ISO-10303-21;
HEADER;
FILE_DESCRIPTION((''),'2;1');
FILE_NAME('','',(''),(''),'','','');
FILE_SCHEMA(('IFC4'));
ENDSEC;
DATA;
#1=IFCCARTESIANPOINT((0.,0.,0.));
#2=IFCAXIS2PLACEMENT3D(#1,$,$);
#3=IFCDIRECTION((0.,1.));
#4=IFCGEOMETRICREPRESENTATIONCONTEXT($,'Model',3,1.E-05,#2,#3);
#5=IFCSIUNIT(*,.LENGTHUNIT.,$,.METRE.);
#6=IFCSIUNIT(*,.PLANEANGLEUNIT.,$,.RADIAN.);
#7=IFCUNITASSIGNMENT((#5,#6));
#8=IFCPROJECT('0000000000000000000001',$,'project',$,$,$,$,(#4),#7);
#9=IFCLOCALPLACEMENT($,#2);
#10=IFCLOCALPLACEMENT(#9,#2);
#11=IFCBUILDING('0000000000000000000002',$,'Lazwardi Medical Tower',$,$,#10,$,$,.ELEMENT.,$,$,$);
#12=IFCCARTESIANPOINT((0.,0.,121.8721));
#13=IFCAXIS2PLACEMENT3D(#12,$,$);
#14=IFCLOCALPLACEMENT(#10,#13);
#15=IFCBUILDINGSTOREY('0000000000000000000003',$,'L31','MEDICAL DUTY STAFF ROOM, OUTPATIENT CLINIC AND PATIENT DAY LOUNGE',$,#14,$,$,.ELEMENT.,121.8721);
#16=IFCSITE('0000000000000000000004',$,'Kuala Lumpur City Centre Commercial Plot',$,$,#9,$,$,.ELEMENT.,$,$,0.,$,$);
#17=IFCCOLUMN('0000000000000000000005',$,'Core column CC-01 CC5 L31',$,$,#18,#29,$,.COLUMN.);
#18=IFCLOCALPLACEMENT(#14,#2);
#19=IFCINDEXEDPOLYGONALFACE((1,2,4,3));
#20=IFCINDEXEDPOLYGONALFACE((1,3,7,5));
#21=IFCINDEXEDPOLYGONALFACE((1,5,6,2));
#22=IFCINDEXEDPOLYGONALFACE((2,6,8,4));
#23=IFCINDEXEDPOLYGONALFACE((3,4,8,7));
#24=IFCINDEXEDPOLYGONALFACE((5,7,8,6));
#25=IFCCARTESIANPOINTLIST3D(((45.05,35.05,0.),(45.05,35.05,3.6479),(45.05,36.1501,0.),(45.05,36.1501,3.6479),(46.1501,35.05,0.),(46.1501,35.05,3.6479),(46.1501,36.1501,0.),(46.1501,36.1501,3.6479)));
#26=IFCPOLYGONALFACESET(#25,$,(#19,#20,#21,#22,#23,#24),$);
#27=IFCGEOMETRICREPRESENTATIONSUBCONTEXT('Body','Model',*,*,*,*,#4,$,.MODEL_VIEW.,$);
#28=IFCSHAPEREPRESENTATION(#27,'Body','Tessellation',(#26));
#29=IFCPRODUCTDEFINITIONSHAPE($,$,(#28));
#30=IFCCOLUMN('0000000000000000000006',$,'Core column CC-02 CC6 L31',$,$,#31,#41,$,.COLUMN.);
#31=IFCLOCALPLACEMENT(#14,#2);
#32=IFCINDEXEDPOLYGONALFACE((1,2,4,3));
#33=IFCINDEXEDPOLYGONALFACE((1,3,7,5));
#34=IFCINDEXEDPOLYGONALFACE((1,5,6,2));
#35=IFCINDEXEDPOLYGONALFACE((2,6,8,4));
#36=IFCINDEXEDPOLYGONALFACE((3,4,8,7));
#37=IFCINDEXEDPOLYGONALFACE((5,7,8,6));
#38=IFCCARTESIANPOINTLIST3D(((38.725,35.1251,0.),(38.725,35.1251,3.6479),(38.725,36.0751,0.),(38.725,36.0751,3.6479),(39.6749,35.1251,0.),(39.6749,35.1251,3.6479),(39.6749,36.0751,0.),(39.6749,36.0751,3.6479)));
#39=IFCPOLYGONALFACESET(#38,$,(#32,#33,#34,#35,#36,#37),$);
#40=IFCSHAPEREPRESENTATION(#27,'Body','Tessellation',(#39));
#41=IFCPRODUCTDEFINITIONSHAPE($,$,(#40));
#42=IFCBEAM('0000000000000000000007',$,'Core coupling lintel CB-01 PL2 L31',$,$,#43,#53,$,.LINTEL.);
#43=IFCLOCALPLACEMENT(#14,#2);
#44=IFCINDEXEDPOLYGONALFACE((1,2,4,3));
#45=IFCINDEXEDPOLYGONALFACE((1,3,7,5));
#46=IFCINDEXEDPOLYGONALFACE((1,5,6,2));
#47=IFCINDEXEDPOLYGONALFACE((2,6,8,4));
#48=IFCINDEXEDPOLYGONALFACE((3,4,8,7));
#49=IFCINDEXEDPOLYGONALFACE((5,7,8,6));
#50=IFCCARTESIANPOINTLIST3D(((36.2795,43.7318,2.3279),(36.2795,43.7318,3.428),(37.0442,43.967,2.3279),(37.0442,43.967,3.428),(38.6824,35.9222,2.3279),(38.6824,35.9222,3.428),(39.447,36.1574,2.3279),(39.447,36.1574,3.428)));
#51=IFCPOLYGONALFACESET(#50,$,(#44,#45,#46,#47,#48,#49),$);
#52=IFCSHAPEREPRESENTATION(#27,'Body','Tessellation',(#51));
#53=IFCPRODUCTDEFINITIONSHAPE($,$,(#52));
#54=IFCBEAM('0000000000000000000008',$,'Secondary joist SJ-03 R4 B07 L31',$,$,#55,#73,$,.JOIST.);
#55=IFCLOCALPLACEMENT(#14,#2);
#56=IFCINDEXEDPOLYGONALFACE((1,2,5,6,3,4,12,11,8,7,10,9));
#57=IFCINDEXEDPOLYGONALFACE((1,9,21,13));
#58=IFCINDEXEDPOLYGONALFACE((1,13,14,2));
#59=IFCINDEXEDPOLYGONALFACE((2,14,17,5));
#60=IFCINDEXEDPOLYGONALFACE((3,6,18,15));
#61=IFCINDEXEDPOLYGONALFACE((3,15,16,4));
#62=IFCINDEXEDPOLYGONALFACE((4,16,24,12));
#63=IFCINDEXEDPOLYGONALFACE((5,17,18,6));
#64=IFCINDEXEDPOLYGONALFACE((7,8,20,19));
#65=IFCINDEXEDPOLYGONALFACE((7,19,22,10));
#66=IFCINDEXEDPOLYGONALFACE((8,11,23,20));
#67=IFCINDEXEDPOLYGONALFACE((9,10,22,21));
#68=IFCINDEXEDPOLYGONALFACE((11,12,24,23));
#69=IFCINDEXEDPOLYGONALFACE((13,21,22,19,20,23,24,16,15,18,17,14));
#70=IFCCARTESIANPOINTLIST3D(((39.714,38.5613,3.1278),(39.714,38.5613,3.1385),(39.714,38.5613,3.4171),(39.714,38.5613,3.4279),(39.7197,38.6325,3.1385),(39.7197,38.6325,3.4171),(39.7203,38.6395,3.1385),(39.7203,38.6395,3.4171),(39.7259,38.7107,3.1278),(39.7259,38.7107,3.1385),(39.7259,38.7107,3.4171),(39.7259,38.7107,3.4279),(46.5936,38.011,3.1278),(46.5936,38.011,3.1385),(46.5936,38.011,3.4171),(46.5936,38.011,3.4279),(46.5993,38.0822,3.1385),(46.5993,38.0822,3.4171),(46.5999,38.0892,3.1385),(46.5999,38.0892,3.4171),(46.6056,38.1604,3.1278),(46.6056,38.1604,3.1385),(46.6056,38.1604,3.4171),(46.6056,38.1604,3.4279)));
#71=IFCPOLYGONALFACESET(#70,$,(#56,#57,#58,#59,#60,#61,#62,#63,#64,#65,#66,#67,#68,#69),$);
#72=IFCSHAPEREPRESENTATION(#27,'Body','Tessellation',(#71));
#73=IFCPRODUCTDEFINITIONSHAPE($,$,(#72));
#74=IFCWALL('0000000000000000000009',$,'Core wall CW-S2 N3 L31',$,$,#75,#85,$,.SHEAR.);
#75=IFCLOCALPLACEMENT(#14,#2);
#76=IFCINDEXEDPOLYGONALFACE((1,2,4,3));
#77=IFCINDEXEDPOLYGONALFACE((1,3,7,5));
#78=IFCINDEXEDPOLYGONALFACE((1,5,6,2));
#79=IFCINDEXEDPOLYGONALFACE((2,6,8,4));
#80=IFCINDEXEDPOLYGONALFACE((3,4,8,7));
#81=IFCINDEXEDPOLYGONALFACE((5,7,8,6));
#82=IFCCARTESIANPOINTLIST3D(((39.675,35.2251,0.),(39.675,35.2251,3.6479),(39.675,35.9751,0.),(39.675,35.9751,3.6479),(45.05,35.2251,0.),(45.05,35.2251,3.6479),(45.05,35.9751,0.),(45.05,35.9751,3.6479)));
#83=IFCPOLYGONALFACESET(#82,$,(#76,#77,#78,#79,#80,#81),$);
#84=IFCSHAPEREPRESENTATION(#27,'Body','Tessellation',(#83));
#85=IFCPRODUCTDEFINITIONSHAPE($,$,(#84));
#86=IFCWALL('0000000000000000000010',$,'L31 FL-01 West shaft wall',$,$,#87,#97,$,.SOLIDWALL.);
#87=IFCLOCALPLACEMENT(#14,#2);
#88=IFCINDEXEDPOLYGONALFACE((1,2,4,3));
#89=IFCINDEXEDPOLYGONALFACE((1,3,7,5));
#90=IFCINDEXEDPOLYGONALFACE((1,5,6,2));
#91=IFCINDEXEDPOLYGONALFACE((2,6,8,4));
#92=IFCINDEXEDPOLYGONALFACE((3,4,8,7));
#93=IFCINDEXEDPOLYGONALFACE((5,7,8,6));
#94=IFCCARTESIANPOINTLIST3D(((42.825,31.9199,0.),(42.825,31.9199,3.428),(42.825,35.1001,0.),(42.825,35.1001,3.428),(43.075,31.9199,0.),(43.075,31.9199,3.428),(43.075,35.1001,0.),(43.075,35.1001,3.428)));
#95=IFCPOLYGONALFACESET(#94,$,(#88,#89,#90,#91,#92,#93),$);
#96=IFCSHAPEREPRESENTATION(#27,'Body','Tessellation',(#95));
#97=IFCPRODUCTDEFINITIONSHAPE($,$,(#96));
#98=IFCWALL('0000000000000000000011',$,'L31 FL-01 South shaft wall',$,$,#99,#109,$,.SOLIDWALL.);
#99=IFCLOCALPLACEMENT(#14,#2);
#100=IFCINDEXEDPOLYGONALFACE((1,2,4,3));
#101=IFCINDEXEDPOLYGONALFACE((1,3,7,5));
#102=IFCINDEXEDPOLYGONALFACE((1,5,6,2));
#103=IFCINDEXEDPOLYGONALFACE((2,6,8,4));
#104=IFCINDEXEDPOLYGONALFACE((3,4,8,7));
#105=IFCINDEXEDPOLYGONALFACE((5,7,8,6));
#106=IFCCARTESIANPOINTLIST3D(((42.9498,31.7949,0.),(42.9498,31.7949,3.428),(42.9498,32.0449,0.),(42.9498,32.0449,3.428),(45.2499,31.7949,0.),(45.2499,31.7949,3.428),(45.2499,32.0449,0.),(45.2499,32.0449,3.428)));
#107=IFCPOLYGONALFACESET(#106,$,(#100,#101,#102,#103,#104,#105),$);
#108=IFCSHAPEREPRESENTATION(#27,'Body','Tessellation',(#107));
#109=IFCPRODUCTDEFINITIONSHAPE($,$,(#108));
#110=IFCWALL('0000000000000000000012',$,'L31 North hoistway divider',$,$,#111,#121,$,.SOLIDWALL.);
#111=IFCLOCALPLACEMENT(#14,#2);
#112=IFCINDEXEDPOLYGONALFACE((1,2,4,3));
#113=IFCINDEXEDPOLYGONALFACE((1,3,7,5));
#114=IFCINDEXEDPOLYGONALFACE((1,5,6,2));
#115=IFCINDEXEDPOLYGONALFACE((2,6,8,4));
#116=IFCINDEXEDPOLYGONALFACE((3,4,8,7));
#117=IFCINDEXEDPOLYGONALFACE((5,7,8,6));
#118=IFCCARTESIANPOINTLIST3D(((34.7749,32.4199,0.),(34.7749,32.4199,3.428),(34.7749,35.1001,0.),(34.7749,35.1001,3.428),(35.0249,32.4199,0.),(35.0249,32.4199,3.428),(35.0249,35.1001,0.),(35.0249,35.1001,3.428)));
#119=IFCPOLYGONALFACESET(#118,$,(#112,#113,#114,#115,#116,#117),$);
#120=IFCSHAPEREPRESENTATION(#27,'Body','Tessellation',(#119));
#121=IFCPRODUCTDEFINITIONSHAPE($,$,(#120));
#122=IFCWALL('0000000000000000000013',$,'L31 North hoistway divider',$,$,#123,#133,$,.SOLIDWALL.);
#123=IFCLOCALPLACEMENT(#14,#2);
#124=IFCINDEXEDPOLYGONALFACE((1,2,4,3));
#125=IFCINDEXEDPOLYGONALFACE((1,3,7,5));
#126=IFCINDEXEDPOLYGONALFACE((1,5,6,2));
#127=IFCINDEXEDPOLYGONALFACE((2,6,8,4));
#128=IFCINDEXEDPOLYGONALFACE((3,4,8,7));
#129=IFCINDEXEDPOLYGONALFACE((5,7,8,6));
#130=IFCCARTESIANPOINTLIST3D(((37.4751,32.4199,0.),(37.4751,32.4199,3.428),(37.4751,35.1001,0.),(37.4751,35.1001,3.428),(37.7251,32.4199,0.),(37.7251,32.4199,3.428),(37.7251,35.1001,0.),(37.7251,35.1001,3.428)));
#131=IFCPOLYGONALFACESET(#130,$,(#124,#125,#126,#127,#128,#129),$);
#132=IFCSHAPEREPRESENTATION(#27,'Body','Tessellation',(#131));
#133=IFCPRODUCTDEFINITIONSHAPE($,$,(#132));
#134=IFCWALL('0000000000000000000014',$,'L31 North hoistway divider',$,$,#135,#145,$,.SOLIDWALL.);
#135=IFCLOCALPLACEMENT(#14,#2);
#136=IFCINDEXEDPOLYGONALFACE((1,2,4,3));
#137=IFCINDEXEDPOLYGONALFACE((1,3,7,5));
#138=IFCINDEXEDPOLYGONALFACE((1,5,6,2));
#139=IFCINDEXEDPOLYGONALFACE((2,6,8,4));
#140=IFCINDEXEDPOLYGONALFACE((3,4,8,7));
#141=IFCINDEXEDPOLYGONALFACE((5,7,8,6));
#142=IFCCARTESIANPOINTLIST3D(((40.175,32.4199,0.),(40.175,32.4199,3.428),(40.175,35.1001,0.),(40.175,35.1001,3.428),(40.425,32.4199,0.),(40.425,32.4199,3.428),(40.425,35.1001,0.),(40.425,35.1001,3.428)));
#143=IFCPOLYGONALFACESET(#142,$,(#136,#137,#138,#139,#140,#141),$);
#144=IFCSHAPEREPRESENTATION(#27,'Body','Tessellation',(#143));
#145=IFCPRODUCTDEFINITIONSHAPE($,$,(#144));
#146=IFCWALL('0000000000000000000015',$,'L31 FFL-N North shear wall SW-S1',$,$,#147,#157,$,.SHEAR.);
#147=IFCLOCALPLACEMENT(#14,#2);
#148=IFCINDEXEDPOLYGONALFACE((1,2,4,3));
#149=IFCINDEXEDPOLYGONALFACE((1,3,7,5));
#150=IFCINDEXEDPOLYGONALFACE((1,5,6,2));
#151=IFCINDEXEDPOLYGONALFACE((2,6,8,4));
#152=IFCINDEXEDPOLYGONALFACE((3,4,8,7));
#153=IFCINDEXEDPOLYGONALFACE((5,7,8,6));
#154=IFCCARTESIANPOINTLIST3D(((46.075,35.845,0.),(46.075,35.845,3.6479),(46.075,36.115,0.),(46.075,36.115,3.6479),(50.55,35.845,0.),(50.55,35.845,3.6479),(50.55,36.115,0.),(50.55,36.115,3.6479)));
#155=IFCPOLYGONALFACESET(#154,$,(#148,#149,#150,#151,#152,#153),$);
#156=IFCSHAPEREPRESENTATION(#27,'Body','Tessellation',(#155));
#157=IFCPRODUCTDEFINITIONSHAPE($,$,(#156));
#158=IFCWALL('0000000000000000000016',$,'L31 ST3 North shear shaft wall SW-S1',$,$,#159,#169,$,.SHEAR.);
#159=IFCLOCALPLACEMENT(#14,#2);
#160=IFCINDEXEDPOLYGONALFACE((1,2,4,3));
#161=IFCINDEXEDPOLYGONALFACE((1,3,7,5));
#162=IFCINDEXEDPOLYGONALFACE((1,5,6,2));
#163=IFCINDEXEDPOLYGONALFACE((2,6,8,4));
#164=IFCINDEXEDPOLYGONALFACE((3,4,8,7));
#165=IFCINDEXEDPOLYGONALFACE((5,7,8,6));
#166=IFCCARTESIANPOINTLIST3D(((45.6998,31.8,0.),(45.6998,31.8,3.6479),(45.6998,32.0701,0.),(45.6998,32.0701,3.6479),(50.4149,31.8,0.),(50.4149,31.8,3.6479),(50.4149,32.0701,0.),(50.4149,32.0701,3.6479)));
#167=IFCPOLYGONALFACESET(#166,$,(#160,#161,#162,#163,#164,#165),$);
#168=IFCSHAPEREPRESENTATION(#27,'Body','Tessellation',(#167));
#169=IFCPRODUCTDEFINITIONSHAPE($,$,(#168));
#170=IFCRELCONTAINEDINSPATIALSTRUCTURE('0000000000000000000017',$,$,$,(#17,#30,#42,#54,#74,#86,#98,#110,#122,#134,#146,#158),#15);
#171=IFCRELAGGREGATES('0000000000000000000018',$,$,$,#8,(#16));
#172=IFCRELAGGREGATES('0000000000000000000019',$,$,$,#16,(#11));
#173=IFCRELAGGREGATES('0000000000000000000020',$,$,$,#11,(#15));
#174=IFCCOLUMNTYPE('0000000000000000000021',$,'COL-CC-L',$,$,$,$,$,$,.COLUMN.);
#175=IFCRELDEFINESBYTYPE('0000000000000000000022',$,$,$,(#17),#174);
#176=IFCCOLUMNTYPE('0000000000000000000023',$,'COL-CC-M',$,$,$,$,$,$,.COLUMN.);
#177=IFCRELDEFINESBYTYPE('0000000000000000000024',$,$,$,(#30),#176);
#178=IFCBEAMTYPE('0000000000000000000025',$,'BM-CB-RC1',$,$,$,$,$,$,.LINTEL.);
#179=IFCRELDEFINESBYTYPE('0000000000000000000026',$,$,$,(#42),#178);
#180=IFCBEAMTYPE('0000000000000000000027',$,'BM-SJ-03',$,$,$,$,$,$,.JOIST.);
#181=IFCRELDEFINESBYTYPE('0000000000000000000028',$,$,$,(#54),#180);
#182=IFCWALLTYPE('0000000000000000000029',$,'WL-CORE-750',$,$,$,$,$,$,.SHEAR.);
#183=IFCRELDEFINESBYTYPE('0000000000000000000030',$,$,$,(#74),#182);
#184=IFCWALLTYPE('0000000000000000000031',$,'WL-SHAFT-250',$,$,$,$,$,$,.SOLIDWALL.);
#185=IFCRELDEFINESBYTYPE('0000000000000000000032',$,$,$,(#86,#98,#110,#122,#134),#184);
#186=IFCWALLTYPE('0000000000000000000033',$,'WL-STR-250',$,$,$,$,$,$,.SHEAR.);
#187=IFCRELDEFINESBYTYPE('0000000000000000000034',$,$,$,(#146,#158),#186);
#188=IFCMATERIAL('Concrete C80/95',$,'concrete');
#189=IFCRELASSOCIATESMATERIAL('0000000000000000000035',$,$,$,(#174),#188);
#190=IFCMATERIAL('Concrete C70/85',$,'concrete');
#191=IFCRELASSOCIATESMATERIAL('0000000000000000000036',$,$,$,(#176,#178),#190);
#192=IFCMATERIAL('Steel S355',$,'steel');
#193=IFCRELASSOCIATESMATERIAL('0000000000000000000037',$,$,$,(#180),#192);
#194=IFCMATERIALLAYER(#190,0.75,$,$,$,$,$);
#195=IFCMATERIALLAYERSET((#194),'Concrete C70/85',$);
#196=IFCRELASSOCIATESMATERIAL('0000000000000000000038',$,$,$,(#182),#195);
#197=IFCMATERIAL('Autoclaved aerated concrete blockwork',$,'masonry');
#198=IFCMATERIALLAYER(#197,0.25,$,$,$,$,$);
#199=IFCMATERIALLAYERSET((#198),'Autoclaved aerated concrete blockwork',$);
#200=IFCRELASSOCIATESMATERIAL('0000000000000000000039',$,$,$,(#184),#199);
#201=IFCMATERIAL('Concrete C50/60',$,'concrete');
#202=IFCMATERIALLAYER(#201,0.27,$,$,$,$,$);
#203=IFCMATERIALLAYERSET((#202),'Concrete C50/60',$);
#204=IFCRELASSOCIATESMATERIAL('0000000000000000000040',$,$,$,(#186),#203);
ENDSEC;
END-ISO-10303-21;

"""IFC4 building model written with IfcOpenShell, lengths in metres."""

from ifc_helpers import new_model, si_unit, direction, frame, frame_2d, origin, origin_2d, place, context, subcontext, project, spatial, rectangle, i_section, extrude, material, layer, layer_set, material_profile, profile_set, type_object, element, save


model = new_model("IFC4")

# Units and contexts
model_context = context("Model", 3, precision=1e-05, world=origin(), true_north=direction((0.0, 1.0)))
body_context = subcontext(model_context, "Body", "Model", "MODEL_VIEW")
ifc_project = project(units=[si_unit("LENGTHUNIT", "METRE"), si_unit("PLANEANGLEUNIT", "RADIAN")], contexts=[model_context])

# Site, building, storey
site_placement = place(None, origin())
site = spatial("IfcSite", under=ifc_project, at=site_placement, Name="Kuala Lumpur City Centre Commercial Plot", CompositionType="ELEMENT", RefElevation=0.0)
building_placement = place(site_placement, origin())
building = spatial("IfcBuilding", under=site, at=building_placement, Name="Lazwardi Medical Tower", CompositionType="ELEMENT")
storey_placement = place(building_placement, frame((0.0, 0.0, 121.8721)))
storey = spatial("IfcBuildingStorey", under=building, at=storey_placement, Name="L31", Description="MEDICAL DUTY STAFF ROOM, OUTPATIENT CLINIC AND PATIENT DAY LOUNGE", CompositionType="ELEMENT", Elevation=121.8721)

# Columns
ifc_material_1 = material(Name="Concrete C80/95", Category="concrete")
ifc_material_profile_1 = material_profile(ifc_material_1, rectangle(XDim=1.1001, YDim=1.1001, at=origin_2d()), Name="RC 1100x1100")
ifc_profile_set_1 = profile_set([ifc_material_profile_1], Name="Concrete C80/95")
column_type_1 = type_object("IfcColumnType", Name="COL-CC-L", PredefinedType="COLUMN", material=ifc_profile_set_1)
column_1_placement = place(storey_placement, frame((45.6001, 35.6001, 0.0), z_axis=(0.0, 0.0, 1.0), x_axis=(1.0, 0.0, 0.0)))
element("IfcColumn", 1, at=column_1_placement, inside=storey, type_object=column_type_1, Name="Core column CC-01 CC5 L31", PredefinedType="COLUMN", context=body_context, shape_type="SweptSolid", body=[
    extrude(rectangle(XDim=1.1001, YDim=1.1001, at=origin_2d()), origin(), (0.0, 0.0, 1.0), 3.6479),
])
ifc_material_2 = material(Name="Concrete C70/85", Category="concrete")
ifc_material_profile_2 = material_profile(ifc_material_2, rectangle(XDim=0.95, YDim=0.95, at=origin_2d()), Name="RC 950x950")
ifc_profile_set_2 = profile_set([ifc_material_profile_2], Name="Concrete C70/85")
column_type_2 = type_object("IfcColumnType", Name="COL-CC-M", PredefinedType="COLUMN", material=ifc_profile_set_2)
column_2_placement = place(storey_placement, frame((39.2, 35.6001, 0.0), z_axis=(0.0, 0.0, 1.0), x_axis=(1.0, 0.0, 0.0)))
element("IfcColumn", 2, at=column_2_placement, inside=storey, type_object=column_type_2, Name="Core column CC-02 CC6 L31", PredefinedType="COLUMN", context=body_context, shape_type="SweptSolid", body=[
    extrude(rectangle(XDim=0.95, YDim=0.95, at=origin_2d()), origin(), (0.0, 0.0, 1.0), 3.6479),
])

# Beams
ifc_material_profile_3 = material_profile(ifc_material_2, rectangle(XDim=0.8, YDim=1.1001, at=origin_2d()), Name="RC 800x1100")
ifc_profile_set_3 = profile_set([ifc_material_profile_3], Name="Concrete C70/85")
beam_type_1 = type_object("IfcBeamType", Name="BM-CB-RC1", PredefinedType="LINTEL", material=ifc_profile_set_3)
beam_1_placement = place(storey_placement, frame((39.0647, 36.0398, 2.8779), z_axis=(-0.294073, 0.955783, 0.0), x_axis=(-0.955783, -0.294073, 0.0)))
element("IfcBeam", 3, at=beam_1_placement, inside=storey, type_object=beam_type_1, Name="Core coupling lintel CB-01 PL2 L31", PredefinedType="LINTEL", context=body_context, shape_type="SweptSolid", body=[
    extrude(rectangle(XDim=0.8, YDim=1.1001, at=origin_2d()), origin(), (0.0, 0.0, 1.0), 8.1709),
])
ifc_material_3 = material(Name="Steel S355", Category="steel")
ifc_material_profile_4 = material_profile(ifc_material_3, i_section(OverallWidth=0.1499, OverallDepth=0.3, WebThickness=0.0071, FlangeThickness=0.0107, at=origin_2d()), Name="IPE 300")
ifc_profile_set_4 = profile_set([ifc_material_profile_4], Name="Steel S355")
beam_type_2 = type_object("IfcBeamType", Name="BM-SJ-03", PredefinedType="JOIST", material=ifc_profile_set_4)
beam_2_placement = place(storey_placement, frame((46.5996, 38.0857, 3.2778), z_axis=(-0.996816, 0.079734, 0.0), x_axis=(-0.079734, -0.996816, 0.0)))
element("IfcBeam", 4, at=beam_2_placement, inside=storey, type_object=beam_type_2, Name="Secondary joist SJ-03 R4 B07 L31", PredefinedType="JOIST", context=body_context, shape_type="SweptSolid", body=[
    extrude(i_section(OverallWidth=0.1499, OverallDepth=0.3, WebThickness=0.0071, FlangeThickness=0.0107, at=origin_2d()), origin(), (0.0, 0.0, 1.0), 6.9016),
])

# Walls
ifc_layer_1 = layer(ifc_material_2, 0.75)
ifc_layer_set_1 = layer_set([ifc_layer_1], Name="Concrete C70/85")
wall_type_1 = type_object("IfcWallType", Name="WL-CORE-750", PredefinedType="SHEAR", material=ifc_layer_set_1)
wall_1_placement = place(storey_placement, frame((39.675, 35.6001, 0.0), z_axis=(0.0, 0.0, 1.0), x_axis=(1.0, 0.0, 0.0)))
element("IfcWall", 5, at=wall_1_placement, inside=storey, type_object=wall_type_1, Name="Core wall CW-S2 N3 L31", PredefinedType="SHEAR", context=body_context, shape_type="SweptSolid", body=[
    extrude(rectangle(XDim=5.375, YDim=0.75, at=frame_2d((2.6875, 0.0))), origin(), (0.0, 0.0, 1.0), 3.6479),
])
ifc_material_4 = material(Name="Autoclaved aerated concrete blockwork", Category="masonry")
ifc_layer_2 = layer(ifc_material_4, 0.25)
ifc_layer_set_2 = layer_set([ifc_layer_2], Name="Autoclaved aerated concrete blockwork")
wall_type_2 = type_object("IfcWallType", Name="WL-SHAFT-250", PredefinedType="SOLIDWALL", material=ifc_layer_set_2)
wall_2_placement = place(storey_placement, frame((42.95, 31.9199, 0.0), z_axis=(0.0, 0.0, 1.0), x_axis=(0.0, 1.0, 0.0)))
element("IfcWall", 6, at=wall_2_placement, inside=storey, type_object=wall_type_2, Name="L31 FL-01 West shaft wall", PredefinedType="SOLIDWALL", context=body_context, shape_type="SweptSolid", body=[
    extrude(rectangle(XDim=3.1802, YDim=0.25, at=frame_2d((1.5901, 0.0))), origin(), (0.0, 0.0, 1.0), 3.428),
])
wall_3_placement = place(storey_placement, frame((42.95, 31.9199, 0.0), z_axis=(0.0, 0.0, 1.0), x_axis=(1.0, 0.0, 0.0)))
element("IfcWall", 7, at=wall_3_placement, inside=storey, type_object=wall_type_2, Name="L31 FL-01 South shaft wall", PredefinedType="SOLIDWALL", context=body_context, shape_type="SweptSolid", body=[
    extrude(rectangle(XDim=2.3, YDim=0.25, at=frame_2d((1.1499, 0.0))), origin(), (0.0, 0.0, 1.0), 3.428),
])
for number, where, z_axis, x_axis, name in (
    (8, (34.8999, 32.4199, 0.0), (0.0, 0.0, 1.0), (0.0, 1.0, 0.0), "L31 North hoistway divider"),
    (9, (37.6001, 32.4199, 0.0), (0.0, 0.0, 1.0), (0.0, 1.0, 0.0), "L31 North hoistway divider"),
    (10, (40.3, 32.4199, 0.0), (0.0, 0.0, 1.0), (0.0, 1.0, 0.0), "L31 North hoistway divider"),
):
    element("IfcWall", number, at=place(storey_placement, frame(where, z_axis=z_axis, x_axis=x_axis)), inside=storey, type_object=wall_type_2, Name=name, PredefinedType="SOLIDWALL", context=body_context, shape_type="SweptSolid", body=[
        extrude(rectangle(XDim=2.6802, YDim=0.25, at=frame_2d((1.3401, 0.0))), origin(), (0.0, 0.0, 1.0), 3.428),
    ])

# Shared definitions
ifc_material_5 = material(Name="Concrete C50/60", Category="concrete")
ifc_layer_3 = layer(ifc_material_5, 0.27)
ifc_layer_set_3 = layer_set([ifc_layer_3], Name="Concrete C50/60")
wall_type_3 = type_object("IfcWallType", Name="WL-STR-250", PredefinedType="SHEAR", material=ifc_layer_set_3)

# Walls
wall_4_placement = place(storey_placement, frame((46.075, 35.98, 0.0), z_axis=(0.0, 0.0, 1.0), x_axis=(1.0, 0.0, 0.0)))
element("IfcWall", 11, at=wall_4_placement, inside=storey, type_object=wall_type_3, Name="L31 FFL-N North shear wall SW-S1", PredefinedType="SHEAR", context=body_context, shape_type="SweptSolid", body=[
    extrude(rectangle(XDim=4.4751, YDim=0.27, at=frame_2d((2.2375, 0.0))), origin(), (0.0, 0.0, 1.0), 3.6479),
])
wall_5_placement = place(storey_placement, frame((45.7, 31.9351, 0.0), z_axis=(0.0, 0.0, 1.0), x_axis=(1.0, 0.0, 0.0)))
element("IfcWall", 12, at=wall_5_placement, inside=storey, type_object=wall_type_3, Name="L31 ST3 North shear shaft wall SW-S1", PredefinedType="SHEAR", context=body_context, shape_type="SweptSolid", body=[
    extrude(rectangle(XDim=4.7151, YDim=0.27, at=frame_2d((2.3574, 0.0))), origin(), (0.0, 0.0, 1.0), 3.6479),
])

save(model, "model.ifc")
